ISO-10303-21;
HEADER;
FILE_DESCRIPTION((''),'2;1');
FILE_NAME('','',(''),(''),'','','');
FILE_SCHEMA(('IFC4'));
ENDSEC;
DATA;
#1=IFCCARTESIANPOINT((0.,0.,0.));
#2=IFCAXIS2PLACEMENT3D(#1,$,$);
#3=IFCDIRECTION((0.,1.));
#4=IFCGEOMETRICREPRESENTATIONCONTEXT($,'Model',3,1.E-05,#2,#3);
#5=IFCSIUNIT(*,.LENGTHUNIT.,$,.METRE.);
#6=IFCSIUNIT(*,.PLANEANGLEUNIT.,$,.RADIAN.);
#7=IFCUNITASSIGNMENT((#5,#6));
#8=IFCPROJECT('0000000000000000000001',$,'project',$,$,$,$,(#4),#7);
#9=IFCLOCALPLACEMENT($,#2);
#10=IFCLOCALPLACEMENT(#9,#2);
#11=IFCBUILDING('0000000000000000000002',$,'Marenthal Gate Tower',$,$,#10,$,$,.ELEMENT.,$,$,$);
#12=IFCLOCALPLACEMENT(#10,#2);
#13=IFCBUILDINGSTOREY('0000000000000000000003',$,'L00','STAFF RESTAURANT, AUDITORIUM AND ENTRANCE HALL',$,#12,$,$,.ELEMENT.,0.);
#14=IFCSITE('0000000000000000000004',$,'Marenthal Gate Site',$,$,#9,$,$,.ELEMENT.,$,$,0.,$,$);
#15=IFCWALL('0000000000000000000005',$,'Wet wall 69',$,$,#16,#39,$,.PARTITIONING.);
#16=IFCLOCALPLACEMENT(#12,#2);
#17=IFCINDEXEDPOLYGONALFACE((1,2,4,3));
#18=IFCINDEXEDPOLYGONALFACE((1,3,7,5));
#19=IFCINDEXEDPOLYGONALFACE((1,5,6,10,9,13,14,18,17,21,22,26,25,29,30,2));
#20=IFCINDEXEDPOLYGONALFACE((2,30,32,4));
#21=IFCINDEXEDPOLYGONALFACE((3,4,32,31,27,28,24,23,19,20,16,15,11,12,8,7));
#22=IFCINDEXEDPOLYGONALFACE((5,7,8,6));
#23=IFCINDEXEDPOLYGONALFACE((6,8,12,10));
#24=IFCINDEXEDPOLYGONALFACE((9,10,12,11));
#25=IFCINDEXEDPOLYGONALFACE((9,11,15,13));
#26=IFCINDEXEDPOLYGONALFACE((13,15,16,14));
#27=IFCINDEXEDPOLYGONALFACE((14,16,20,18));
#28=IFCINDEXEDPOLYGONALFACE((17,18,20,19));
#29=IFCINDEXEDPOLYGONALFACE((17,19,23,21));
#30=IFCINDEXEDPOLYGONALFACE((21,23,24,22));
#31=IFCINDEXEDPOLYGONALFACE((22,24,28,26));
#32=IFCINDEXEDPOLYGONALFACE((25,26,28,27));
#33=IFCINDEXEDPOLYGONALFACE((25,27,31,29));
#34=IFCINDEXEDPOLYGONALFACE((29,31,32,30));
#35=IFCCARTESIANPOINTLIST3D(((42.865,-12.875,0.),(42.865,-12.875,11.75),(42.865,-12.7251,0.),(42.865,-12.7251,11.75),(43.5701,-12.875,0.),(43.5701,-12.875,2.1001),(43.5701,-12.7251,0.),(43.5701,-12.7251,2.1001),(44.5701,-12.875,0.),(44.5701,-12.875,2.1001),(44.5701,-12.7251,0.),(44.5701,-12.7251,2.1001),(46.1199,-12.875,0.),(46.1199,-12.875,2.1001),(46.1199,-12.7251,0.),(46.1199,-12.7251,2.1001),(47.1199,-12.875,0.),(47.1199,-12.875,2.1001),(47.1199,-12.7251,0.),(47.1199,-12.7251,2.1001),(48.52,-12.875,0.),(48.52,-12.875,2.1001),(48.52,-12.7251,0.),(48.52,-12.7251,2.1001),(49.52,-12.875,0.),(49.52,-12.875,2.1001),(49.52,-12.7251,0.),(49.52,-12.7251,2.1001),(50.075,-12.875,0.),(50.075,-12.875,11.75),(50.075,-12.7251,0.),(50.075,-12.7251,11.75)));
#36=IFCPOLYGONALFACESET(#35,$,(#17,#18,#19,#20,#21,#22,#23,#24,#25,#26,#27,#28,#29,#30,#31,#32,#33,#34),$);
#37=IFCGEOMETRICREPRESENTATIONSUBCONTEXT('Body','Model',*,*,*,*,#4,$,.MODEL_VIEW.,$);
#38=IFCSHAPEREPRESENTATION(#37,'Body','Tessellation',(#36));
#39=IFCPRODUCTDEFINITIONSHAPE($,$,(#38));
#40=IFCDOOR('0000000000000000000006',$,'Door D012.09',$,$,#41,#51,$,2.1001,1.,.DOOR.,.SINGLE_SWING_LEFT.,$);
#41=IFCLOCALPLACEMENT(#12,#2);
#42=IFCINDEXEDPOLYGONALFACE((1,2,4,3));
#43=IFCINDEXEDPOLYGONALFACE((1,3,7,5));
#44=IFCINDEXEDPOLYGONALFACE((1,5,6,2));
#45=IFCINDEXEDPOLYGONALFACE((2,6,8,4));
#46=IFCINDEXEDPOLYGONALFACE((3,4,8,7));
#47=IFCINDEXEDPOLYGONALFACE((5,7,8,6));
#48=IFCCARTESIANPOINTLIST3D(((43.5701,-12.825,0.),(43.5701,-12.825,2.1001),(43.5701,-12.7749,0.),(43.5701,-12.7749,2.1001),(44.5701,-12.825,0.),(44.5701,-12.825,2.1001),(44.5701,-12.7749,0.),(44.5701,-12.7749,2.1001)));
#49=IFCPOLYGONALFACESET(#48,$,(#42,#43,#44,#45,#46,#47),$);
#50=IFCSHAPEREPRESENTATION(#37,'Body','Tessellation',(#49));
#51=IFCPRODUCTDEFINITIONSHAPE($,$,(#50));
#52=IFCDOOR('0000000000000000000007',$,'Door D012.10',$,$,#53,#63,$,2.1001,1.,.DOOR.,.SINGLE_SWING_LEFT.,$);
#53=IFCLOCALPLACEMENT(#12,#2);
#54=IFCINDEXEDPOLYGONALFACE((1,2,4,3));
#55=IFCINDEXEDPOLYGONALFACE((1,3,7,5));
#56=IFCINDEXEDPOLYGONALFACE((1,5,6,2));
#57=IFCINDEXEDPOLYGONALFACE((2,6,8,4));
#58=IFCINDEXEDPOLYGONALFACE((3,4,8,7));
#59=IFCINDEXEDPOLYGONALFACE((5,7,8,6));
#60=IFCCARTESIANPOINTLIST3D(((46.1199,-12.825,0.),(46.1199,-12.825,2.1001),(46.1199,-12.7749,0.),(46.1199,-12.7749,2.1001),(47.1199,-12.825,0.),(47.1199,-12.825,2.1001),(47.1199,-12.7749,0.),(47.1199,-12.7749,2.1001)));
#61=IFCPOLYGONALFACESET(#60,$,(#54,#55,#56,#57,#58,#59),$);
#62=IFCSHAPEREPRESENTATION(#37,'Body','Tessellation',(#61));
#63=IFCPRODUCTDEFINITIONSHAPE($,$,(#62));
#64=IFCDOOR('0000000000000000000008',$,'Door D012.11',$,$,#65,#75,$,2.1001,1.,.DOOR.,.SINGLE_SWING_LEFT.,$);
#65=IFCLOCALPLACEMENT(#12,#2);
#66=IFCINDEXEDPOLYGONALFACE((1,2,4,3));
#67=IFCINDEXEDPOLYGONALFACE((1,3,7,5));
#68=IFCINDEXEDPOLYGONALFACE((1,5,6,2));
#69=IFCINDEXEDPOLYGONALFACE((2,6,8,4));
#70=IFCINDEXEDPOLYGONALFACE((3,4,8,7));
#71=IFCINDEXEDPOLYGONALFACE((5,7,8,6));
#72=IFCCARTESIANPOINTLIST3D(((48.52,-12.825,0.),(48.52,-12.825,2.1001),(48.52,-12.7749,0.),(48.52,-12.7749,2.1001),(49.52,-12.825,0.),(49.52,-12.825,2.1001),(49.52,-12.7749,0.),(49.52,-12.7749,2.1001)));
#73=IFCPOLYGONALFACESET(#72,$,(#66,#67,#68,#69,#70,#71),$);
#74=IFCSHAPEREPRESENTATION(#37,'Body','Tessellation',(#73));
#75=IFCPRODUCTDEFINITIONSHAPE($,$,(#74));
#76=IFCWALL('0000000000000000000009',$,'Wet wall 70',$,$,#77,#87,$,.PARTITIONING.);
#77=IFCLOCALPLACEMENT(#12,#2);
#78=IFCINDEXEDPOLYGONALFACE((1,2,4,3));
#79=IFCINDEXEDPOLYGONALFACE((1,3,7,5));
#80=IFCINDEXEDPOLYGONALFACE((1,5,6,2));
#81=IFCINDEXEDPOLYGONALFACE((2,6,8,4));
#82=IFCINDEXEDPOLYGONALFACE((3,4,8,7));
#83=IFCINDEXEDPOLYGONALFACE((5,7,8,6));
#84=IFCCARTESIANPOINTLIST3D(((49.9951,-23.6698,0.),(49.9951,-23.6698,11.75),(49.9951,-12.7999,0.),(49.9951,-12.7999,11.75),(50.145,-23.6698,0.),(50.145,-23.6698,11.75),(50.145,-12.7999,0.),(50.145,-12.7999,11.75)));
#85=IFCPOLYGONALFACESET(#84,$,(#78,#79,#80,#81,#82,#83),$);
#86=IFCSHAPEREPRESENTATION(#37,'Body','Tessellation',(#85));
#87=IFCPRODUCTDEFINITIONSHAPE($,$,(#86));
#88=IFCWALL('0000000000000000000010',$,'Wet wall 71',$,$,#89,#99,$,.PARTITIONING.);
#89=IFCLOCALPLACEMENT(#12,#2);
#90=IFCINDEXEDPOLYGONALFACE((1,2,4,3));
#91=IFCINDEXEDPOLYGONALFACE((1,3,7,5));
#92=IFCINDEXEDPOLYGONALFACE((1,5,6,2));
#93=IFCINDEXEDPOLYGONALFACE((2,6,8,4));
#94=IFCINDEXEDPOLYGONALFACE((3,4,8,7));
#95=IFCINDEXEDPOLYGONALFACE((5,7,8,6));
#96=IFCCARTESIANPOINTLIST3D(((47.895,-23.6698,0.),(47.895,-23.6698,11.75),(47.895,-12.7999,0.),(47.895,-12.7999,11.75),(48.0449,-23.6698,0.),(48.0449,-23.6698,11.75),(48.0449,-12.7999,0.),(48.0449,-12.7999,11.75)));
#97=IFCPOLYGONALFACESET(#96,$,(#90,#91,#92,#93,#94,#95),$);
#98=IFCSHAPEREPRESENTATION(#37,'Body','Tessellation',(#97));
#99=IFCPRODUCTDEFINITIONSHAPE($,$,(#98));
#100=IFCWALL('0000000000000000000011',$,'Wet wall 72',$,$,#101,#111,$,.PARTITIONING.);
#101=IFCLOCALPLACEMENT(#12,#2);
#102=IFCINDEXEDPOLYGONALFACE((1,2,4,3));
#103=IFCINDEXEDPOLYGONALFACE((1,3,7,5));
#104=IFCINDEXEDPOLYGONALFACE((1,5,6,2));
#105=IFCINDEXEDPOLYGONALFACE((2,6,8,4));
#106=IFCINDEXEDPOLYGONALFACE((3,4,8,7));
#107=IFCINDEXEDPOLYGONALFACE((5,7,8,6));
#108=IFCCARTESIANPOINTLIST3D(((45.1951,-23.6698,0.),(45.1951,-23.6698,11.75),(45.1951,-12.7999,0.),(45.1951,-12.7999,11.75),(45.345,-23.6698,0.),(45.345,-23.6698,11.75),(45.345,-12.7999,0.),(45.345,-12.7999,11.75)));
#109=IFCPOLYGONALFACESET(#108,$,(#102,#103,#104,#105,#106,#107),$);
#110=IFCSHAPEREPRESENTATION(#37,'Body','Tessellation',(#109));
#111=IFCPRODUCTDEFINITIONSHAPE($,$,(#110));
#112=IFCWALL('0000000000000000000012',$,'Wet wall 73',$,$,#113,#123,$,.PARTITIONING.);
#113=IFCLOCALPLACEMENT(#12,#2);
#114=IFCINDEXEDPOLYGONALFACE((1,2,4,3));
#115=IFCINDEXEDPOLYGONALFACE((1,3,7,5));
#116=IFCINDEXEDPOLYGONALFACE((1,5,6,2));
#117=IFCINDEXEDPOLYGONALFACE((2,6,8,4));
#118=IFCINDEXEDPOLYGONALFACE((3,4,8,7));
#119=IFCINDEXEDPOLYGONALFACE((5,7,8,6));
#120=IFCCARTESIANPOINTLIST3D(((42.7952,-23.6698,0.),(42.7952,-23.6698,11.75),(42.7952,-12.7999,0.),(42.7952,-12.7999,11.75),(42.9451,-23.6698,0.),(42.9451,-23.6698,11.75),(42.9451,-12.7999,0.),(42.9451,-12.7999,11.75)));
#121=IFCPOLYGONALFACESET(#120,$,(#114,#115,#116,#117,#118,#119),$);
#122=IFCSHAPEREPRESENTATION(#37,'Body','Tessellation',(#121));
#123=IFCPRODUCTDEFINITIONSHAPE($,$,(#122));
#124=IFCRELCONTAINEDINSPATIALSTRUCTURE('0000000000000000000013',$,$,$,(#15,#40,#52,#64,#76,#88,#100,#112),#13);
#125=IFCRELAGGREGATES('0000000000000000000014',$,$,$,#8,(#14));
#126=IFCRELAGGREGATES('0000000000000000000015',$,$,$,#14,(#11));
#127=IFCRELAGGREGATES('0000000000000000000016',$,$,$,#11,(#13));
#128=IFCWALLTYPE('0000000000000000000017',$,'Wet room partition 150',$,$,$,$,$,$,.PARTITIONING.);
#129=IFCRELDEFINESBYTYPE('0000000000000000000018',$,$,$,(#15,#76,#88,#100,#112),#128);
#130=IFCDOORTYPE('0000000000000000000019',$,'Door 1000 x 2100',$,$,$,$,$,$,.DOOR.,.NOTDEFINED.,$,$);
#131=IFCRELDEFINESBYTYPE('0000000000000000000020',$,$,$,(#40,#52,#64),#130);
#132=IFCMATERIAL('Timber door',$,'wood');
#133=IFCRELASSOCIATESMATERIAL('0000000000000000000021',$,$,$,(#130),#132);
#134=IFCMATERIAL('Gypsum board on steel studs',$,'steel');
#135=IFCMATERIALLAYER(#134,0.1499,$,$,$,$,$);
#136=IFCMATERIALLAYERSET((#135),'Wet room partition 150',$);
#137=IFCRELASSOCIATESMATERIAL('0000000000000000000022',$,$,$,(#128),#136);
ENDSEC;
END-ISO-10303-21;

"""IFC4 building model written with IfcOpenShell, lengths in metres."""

from ifc_helpers import new_model, si_unit, direction, frame, frame_2d, origin, place, context, subcontext, project, spatial, rectangle, extrude, material, layer, layer_set, type_object, element, fill, save


model = new_model("IFC4")

# Units and contexts
model_context = context("Model", 3, precision=1e-05, world=origin(), true_north=direction((0.0, 1.0)))
body_context = subcontext(model_context, "Body", "Model", "MODEL_VIEW")
ifc_project = project(units=[si_unit("LENGTHUNIT", "METRE"), si_unit("PLANEANGLEUNIT", "RADIAN")], contexts=[model_context])

# Site, building, storey
site_placement = place(None, origin())
site = spatial("IfcSite", under=ifc_project, at=site_placement, Name="Marenthal Gate Site", CompositionType="ELEMENT", RefElevation=0.0)
building_placement = place(site_placement, origin())
building = spatial("IfcBuilding", under=site, at=building_placement, Name="Marenthal Gate Tower", CompositionType="ELEMENT")
storey_placement = place(building_placement, origin())
storey = spatial("IfcBuildingStorey", under=building, at=storey_placement, Name="L00", Description="STAFF RESTAURANT, AUDITORIUM AND ENTRANCE HALL", CompositionType="ELEMENT", Elevation=0.0)

# Shared definitions
ifc_material_1 = material(Name="Timber door", Category="wood")
door_type_1 = type_object("IfcDoorType", Name="Door 1000 x 2100", OperationType="NOTDEFINED", PredefinedType="DOOR", material=ifc_material_1)

# Wall, openings, doors
ifc_material_2 = material(Name="Gypsum board on steel studs", Category="steel")
ifc_layer_1 = layer(ifc_material_2, 0.1499)
ifc_layer_set_1 = layer_set([ifc_layer_1], Name="Wet room partition 150")
wall_type_1 = type_object("IfcWallType", Name="Wet room partition 150", PredefinedType="PARTITIONING", material=ifc_layer_set_1)
wall_1_placement = place(storey_placement, frame((42.865, -12.8, 0.0), z_axis=(0.0, 0.0, 1.0), x_axis=(1.0, 0.0, 0.0)))
wall_1 = element("IfcWall", 1, at=wall_1_placement, inside=storey, type_object=wall_type_1, Name="Wet wall 69", PredefinedType="PARTITIONING", context=body_context, shape_type="SweptSolid", body=[
    extrude(rectangle(XDim=7.21, YDim=0.1499, at=frame_2d((3.605, 0.0))), origin(), (0.0, 0.0, 1.0), 11.75),
])
opening_1_placement = place(wall_1_placement, frame((0.7051, 0.0, 0.0)))
opening_1 = element("IfcOpeningElement", 2, at=opening_1_placement, cuts=wall_1, PredefinedType="OPENING", context=body_context, shape_type="SweptSolid", body=[
    extrude(rectangle(XDim=1.0, YDim=2.1001, at=frame_2d((0.5, 1.05))), frame((0.0, 0.085, 0.0), z_axis=(0.0, -1.0, 0.0), x_axis=(1.0, 0.0, 0.0)), (0.0, 0.0, 1.0), 0.1699),
])
opening_2_placement = place(wall_1_placement, frame((3.2549, 0.0, 0.0)))
opening_2 = element("IfcOpeningElement", 3, at=opening_2_placement, cuts=wall_1, PredefinedType="OPENING", context=body_context, shape_type="SweptSolid", body=[
    extrude(rectangle(XDim=1.0, YDim=2.1001, at=frame_2d((0.5, 1.05))), frame((0.0, 0.085, 0.0), z_axis=(0.0, -1.0, 0.0), x_axis=(1.0, 0.0, 0.0)), (0.0, 0.0, 1.0), 0.1699),
])
opening_3_placement = place(wall_1_placement, frame((5.655, 0.0, 0.0)))
opening_3 = element("IfcOpeningElement", 4, at=opening_3_placement, cuts=wall_1, PredefinedType="OPENING", context=body_context, shape_type="SweptSolid", body=[
    extrude(rectangle(XDim=1.0, YDim=2.1001, at=frame_2d((0.5, 1.05))), frame((0.0, 0.085, 0.0), z_axis=(0.0, -1.0, 0.0), x_axis=(1.0, 0.0, 0.0)), (0.0, 0.0, 1.0), 0.1699),
])
door_1_placement = place(opening_1_placement, frame((1.0, 0.0, 0.0), z_axis=(0.0, 0.0, 1.0), x_axis=(-1.0, 0.0, 0.0)))
door_1 = element("IfcDoor", 5, at=door_1_placement, inside=storey, type_object=door_type_1, Name="Door D012.09", OperationType="SINGLE_SWING_LEFT", OverallHeight=2.1001, OverallWidth=1.0, PredefinedType="DOOR", context=body_context, shape_type="SweptSolid", body=[
    extrude(rectangle(XDim=1.0, YDim=2.1001, at=frame_2d((0.5, 1.05))), frame((0.0, 0.0249, 0.0), z_axis=(0.0, -1.0, 0.0), x_axis=(1.0, 0.0, 0.0)), (0.0, 0.0, 1.0), 0.05),
])
fill(opening_1, door_1)
door_2_placement = place(opening_2_placement, frame((1.0, 0.0, 0.0), z_axis=(0.0, 0.0, 1.0), x_axis=(-1.0, 0.0, 0.0)))
door_2 = element("IfcDoor", 6, at=door_2_placement, inside=storey, type_object=door_type_1, Name="Door D012.10", OperationType="SINGLE_SWING_LEFT", OverallHeight=2.1001, OverallWidth=1.0, PredefinedType="DOOR", context=body_context, shape_type="SweptSolid", body=[
    extrude(rectangle(XDim=1.0, YDim=2.1001, at=frame_2d((0.5, 1.05))), frame((0.0, 0.0249, 0.0), z_axis=(0.0, -1.0, 0.0), x_axis=(1.0, 0.0, 0.0)), (0.0, 0.0, 1.0), 0.05),
])
fill(opening_2, door_2)
door_3_placement = place(opening_3_placement, frame((1.0, 0.0, 0.0), z_axis=(0.0, 0.0, 1.0), x_axis=(-1.0, 0.0, 0.0)))
door_3 = element("IfcDoor", 7, at=door_3_placement, inside=storey, type_object=door_type_1, Name="Door D012.11", OperationType="SINGLE_SWING_LEFT", OverallHeight=2.1001, OverallWidth=1.0, PredefinedType="DOOR", context=body_context, shape_type="SweptSolid", body=[
    extrude(rectangle(XDim=1.0, YDim=2.1001, at=frame_2d((0.5, 1.05))), frame((0.0, 0.0249, 0.0), z_axis=(0.0, -1.0, 0.0), x_axis=(1.0, 0.0, 0.0)), (0.0, 0.0, 1.0), 0.05),
])
fill(opening_3, door_3)

# Walls
for number, where, z_axis, x_axis, name in (
    (8, (50.0701, -23.6699, 0.0), (0.0, 0.0, 1.0), (0.0, 1.0, 0.0), "Wet wall 70"),
    (9, (47.97, -23.6699, 0.0), (0.0, 0.0, 1.0), (0.0, 1.0, 0.0), "Wet wall 71"),
    (10, (45.27, -23.6699, 0.0), (0.0, 0.0, 1.0), (0.0, 1.0, 0.0), "Wet wall 72"),
    (11, (42.8701, -23.6699, 0.0), (0.0, 0.0, 1.0), (0.0, 1.0, 0.0), "Wet wall 73"),
):
    element("IfcWall", number, at=place(storey_placement, frame(where, z_axis=z_axis, x_axis=x_axis)), inside=storey, type_object=wall_type_1, Name=name, PredefinedType="PARTITIONING", context=body_context, shape_type="SweptSolid", body=[
        extrude(rectangle(XDim=10.8699, YDim=0.1499, at=frame_2d((5.4351, 0.0))), origin(), (0.0, 0.0, 1.0), 11.75),
    ])

save(model, "model.ifc")
